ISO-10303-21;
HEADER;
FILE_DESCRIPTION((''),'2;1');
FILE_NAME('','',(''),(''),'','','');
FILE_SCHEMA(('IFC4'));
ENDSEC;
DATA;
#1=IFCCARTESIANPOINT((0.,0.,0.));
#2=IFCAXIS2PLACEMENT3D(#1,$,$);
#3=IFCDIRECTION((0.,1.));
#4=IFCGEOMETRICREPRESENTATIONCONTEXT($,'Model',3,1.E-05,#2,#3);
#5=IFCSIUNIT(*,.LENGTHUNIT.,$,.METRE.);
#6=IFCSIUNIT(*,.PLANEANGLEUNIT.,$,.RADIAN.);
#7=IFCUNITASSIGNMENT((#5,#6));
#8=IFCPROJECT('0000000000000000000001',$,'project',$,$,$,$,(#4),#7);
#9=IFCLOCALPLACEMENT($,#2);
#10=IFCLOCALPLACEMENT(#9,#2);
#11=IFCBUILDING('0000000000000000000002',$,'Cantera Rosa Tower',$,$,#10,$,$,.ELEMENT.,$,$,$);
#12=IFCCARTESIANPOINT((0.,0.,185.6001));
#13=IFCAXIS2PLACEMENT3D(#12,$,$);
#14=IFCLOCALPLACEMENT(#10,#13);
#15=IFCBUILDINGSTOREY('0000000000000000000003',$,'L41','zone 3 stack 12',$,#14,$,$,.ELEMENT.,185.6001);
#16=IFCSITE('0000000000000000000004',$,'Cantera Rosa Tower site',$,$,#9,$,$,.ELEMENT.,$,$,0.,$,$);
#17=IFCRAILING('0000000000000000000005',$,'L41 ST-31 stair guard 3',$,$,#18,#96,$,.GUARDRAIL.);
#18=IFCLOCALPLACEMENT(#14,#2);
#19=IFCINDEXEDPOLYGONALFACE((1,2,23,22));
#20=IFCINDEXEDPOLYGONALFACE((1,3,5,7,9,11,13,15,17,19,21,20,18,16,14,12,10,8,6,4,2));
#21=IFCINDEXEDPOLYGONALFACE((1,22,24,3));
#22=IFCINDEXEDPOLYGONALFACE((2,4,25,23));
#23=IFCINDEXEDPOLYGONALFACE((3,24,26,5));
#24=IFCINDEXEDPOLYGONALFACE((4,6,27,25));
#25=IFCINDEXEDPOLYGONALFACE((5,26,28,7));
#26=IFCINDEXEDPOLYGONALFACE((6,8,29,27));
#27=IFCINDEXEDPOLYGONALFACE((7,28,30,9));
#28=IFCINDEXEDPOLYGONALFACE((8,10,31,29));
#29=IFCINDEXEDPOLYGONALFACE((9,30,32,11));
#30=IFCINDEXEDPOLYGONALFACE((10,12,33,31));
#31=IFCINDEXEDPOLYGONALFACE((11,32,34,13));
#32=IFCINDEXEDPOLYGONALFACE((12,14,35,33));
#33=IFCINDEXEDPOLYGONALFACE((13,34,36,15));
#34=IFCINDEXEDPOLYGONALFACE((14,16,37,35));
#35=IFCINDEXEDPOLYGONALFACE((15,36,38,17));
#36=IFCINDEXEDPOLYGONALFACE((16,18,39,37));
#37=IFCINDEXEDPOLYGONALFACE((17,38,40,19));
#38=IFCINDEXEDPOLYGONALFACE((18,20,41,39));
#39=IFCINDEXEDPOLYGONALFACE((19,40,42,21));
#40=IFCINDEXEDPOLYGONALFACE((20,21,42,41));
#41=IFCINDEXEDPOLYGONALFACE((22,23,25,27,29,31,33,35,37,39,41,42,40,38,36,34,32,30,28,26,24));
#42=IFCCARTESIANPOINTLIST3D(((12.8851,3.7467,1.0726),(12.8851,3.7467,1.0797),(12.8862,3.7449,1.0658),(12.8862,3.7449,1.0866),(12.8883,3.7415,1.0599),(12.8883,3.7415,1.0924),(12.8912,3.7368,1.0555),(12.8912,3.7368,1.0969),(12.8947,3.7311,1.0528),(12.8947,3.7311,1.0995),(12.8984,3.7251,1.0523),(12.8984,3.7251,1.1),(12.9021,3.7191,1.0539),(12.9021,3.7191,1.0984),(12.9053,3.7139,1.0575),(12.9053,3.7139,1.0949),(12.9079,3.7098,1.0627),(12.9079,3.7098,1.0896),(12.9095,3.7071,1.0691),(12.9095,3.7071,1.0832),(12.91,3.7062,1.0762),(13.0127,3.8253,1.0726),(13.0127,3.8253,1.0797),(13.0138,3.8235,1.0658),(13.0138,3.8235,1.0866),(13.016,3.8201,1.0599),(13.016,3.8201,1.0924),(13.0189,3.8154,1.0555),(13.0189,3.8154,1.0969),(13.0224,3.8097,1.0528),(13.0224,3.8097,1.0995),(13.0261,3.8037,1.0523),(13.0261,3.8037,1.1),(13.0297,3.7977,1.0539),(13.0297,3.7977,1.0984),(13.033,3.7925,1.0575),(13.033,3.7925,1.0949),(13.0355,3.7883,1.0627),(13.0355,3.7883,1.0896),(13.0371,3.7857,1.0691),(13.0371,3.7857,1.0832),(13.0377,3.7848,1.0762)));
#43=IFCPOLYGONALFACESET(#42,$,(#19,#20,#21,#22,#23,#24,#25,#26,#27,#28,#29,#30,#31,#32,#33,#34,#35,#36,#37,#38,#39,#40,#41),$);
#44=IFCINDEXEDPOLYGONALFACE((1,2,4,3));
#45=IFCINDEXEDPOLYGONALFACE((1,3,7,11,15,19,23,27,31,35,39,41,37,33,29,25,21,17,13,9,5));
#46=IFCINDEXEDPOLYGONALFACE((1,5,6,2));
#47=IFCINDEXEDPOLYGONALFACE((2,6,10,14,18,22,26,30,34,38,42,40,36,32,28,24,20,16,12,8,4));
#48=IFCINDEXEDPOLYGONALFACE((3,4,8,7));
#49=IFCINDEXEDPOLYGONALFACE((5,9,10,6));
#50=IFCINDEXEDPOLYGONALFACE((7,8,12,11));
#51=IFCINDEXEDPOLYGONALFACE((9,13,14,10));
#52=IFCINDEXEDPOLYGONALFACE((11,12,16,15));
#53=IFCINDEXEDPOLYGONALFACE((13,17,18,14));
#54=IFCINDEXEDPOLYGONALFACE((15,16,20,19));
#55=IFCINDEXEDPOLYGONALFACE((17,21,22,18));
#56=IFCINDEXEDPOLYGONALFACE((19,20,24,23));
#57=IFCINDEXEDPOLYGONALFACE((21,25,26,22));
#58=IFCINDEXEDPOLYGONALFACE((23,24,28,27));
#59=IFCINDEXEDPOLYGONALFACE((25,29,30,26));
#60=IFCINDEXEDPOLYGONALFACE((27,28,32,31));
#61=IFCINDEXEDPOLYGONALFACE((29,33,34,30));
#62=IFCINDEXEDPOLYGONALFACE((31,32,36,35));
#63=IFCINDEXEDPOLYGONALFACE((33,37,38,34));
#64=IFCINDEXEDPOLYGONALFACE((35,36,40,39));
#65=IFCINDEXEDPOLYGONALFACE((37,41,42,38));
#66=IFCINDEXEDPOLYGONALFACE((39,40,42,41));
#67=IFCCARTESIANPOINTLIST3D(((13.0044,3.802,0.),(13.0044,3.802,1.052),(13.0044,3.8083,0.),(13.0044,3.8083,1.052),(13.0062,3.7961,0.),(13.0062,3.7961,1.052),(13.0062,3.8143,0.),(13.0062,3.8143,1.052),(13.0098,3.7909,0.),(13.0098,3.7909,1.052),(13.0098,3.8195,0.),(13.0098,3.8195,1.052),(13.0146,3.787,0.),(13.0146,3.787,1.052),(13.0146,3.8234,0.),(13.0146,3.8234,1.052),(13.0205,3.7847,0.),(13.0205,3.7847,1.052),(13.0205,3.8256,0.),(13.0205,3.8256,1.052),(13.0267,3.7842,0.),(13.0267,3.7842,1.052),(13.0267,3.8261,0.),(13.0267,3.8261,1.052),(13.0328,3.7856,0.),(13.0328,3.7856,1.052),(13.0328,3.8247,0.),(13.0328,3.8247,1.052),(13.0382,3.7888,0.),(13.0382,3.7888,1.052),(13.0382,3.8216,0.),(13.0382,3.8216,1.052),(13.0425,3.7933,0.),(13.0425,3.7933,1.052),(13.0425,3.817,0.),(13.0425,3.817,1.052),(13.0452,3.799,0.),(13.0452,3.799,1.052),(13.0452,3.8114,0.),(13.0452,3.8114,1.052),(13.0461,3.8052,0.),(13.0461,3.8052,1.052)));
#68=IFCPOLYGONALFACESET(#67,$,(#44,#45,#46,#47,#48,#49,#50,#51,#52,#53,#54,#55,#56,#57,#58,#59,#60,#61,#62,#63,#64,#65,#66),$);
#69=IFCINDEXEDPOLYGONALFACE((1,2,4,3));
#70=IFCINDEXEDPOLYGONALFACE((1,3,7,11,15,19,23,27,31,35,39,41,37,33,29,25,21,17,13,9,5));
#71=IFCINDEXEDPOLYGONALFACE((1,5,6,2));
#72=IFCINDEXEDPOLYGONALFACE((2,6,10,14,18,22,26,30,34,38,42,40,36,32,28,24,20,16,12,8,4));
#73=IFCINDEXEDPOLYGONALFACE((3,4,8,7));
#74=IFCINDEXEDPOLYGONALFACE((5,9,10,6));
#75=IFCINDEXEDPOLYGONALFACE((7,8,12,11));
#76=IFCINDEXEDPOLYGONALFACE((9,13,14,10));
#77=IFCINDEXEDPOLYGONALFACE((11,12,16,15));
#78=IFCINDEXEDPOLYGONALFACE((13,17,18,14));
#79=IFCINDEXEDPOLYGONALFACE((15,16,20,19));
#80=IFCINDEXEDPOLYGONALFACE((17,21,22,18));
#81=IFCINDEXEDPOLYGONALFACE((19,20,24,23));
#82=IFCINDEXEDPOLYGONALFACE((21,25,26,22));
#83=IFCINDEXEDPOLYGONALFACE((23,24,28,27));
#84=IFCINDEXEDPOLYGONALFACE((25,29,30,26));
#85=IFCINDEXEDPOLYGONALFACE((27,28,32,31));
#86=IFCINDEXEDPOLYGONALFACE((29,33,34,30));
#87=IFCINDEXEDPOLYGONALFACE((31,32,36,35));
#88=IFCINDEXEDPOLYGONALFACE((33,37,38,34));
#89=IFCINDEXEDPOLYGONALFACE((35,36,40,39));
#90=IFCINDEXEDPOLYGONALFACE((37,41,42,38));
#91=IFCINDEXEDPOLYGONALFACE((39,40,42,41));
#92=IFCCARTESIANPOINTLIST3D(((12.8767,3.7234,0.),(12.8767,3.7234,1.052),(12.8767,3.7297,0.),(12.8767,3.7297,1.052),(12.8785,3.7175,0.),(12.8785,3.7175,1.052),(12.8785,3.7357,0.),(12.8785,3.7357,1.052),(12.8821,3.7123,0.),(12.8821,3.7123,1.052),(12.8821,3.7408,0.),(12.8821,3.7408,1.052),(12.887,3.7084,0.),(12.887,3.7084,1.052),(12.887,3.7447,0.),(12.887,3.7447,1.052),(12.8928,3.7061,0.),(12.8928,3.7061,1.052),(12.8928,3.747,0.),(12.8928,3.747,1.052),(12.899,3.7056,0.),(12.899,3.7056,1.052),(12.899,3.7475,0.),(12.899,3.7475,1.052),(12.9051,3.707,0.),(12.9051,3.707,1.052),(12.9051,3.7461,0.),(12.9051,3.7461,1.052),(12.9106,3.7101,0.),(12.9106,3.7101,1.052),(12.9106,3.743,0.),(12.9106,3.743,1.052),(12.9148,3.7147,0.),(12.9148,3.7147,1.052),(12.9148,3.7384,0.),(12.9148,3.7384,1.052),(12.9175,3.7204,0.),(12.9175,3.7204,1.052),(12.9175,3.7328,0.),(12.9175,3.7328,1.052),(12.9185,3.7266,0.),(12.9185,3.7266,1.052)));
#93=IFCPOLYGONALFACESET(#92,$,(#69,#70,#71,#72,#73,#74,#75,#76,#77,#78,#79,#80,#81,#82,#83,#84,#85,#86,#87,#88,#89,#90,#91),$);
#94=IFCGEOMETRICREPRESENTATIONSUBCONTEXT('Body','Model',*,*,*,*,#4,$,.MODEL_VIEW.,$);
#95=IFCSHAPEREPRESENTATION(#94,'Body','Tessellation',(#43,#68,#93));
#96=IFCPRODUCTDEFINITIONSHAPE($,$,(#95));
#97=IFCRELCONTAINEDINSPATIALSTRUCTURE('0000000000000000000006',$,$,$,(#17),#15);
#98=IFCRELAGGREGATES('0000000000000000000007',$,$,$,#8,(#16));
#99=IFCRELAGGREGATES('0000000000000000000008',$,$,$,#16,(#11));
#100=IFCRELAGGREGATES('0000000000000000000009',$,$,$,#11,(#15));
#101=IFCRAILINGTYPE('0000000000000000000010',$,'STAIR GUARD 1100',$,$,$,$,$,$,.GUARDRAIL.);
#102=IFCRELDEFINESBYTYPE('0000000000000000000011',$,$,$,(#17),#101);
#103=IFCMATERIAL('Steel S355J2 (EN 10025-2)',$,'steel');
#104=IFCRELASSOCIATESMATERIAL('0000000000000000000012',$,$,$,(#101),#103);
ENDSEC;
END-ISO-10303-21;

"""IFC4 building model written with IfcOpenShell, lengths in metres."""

from ifc_helpers import new_model, si_unit, direction, frame, origin, origin_2d, place, context, subcontext, project, spatial, circle, extrude, material, type_object, element, save


model = new_model("IFC4")

# Units and contexts
model_context = context("Model", 3, precision=1e-05, world=origin(), true_north=direction((0.0, 1.0)))
body_context = subcontext(model_context, "Body", "Model", "MODEL_VIEW")
ifc_project = project(units=[si_unit("LENGTHUNIT", "METRE"), si_unit("PLANEANGLEUNIT", "RADIAN")], contexts=[model_context])

# Site, building, storey
site_placement = place(None, origin())
site = spatial("IfcSite", under=ifc_project, at=site_placement, Name="Cantera Rosa Tower site", CompositionType="ELEMENT", RefElevation=0.0)
building_placement = place(site_placement, origin())
building = spatial("IfcBuilding", under=site, at=building_placement, Name="Cantera Rosa Tower", CompositionType="ELEMENT")
storey_placement = place(building_placement, frame((0.0, 0.0, 185.6001)))
storey = spatial("IfcBuildingStorey", under=building, at=storey_placement, Name="L41", Description="zone 3 stack 12", CompositionType="ELEMENT", Elevation=185.6001)

# Railing
ifc_material_1 = material(Name="Steel S355J2 (EN 10025-2)", Category="steel")
railing_type_1 = type_object("IfcRailingType", Name="STAIR GUARD 1100", PredefinedType="GUARDRAIL", material=ifc_material_1)
railing_1_placement = place(storey_placement, frame((13.0251, 3.8052, 0.0)))
element("IfcRailing", 1, at=railing_1_placement, inside=storey, type_object=railing_type_1, Name="L41 ST-31 stair guard 3", PredefinedType="GUARDRAIL", context=body_context, shape_type="SweptSolid", body=[
    extrude(circle(Radius=0.0239, at=origin_2d()), frame((0.0, 0.0, 1.0762), z_axis=(-0.851546, -0.524279, 0.0), x_axis=(0.524279, -0.851546, 0.0)), (0.0, 0.0, 1.0), 0.1499),
    extrude(circle(Radius=0.021, at=origin_2d()), origin(), (0.0, 0.0, 1.0), 1.052),
    extrude(circle(Radius=0.021, at=origin_2d()), frame((-0.1277, -0.0786, 0.0)), (0.0, 0.0, 1.0), 1.052),
])

save(model, "model.ifc")
